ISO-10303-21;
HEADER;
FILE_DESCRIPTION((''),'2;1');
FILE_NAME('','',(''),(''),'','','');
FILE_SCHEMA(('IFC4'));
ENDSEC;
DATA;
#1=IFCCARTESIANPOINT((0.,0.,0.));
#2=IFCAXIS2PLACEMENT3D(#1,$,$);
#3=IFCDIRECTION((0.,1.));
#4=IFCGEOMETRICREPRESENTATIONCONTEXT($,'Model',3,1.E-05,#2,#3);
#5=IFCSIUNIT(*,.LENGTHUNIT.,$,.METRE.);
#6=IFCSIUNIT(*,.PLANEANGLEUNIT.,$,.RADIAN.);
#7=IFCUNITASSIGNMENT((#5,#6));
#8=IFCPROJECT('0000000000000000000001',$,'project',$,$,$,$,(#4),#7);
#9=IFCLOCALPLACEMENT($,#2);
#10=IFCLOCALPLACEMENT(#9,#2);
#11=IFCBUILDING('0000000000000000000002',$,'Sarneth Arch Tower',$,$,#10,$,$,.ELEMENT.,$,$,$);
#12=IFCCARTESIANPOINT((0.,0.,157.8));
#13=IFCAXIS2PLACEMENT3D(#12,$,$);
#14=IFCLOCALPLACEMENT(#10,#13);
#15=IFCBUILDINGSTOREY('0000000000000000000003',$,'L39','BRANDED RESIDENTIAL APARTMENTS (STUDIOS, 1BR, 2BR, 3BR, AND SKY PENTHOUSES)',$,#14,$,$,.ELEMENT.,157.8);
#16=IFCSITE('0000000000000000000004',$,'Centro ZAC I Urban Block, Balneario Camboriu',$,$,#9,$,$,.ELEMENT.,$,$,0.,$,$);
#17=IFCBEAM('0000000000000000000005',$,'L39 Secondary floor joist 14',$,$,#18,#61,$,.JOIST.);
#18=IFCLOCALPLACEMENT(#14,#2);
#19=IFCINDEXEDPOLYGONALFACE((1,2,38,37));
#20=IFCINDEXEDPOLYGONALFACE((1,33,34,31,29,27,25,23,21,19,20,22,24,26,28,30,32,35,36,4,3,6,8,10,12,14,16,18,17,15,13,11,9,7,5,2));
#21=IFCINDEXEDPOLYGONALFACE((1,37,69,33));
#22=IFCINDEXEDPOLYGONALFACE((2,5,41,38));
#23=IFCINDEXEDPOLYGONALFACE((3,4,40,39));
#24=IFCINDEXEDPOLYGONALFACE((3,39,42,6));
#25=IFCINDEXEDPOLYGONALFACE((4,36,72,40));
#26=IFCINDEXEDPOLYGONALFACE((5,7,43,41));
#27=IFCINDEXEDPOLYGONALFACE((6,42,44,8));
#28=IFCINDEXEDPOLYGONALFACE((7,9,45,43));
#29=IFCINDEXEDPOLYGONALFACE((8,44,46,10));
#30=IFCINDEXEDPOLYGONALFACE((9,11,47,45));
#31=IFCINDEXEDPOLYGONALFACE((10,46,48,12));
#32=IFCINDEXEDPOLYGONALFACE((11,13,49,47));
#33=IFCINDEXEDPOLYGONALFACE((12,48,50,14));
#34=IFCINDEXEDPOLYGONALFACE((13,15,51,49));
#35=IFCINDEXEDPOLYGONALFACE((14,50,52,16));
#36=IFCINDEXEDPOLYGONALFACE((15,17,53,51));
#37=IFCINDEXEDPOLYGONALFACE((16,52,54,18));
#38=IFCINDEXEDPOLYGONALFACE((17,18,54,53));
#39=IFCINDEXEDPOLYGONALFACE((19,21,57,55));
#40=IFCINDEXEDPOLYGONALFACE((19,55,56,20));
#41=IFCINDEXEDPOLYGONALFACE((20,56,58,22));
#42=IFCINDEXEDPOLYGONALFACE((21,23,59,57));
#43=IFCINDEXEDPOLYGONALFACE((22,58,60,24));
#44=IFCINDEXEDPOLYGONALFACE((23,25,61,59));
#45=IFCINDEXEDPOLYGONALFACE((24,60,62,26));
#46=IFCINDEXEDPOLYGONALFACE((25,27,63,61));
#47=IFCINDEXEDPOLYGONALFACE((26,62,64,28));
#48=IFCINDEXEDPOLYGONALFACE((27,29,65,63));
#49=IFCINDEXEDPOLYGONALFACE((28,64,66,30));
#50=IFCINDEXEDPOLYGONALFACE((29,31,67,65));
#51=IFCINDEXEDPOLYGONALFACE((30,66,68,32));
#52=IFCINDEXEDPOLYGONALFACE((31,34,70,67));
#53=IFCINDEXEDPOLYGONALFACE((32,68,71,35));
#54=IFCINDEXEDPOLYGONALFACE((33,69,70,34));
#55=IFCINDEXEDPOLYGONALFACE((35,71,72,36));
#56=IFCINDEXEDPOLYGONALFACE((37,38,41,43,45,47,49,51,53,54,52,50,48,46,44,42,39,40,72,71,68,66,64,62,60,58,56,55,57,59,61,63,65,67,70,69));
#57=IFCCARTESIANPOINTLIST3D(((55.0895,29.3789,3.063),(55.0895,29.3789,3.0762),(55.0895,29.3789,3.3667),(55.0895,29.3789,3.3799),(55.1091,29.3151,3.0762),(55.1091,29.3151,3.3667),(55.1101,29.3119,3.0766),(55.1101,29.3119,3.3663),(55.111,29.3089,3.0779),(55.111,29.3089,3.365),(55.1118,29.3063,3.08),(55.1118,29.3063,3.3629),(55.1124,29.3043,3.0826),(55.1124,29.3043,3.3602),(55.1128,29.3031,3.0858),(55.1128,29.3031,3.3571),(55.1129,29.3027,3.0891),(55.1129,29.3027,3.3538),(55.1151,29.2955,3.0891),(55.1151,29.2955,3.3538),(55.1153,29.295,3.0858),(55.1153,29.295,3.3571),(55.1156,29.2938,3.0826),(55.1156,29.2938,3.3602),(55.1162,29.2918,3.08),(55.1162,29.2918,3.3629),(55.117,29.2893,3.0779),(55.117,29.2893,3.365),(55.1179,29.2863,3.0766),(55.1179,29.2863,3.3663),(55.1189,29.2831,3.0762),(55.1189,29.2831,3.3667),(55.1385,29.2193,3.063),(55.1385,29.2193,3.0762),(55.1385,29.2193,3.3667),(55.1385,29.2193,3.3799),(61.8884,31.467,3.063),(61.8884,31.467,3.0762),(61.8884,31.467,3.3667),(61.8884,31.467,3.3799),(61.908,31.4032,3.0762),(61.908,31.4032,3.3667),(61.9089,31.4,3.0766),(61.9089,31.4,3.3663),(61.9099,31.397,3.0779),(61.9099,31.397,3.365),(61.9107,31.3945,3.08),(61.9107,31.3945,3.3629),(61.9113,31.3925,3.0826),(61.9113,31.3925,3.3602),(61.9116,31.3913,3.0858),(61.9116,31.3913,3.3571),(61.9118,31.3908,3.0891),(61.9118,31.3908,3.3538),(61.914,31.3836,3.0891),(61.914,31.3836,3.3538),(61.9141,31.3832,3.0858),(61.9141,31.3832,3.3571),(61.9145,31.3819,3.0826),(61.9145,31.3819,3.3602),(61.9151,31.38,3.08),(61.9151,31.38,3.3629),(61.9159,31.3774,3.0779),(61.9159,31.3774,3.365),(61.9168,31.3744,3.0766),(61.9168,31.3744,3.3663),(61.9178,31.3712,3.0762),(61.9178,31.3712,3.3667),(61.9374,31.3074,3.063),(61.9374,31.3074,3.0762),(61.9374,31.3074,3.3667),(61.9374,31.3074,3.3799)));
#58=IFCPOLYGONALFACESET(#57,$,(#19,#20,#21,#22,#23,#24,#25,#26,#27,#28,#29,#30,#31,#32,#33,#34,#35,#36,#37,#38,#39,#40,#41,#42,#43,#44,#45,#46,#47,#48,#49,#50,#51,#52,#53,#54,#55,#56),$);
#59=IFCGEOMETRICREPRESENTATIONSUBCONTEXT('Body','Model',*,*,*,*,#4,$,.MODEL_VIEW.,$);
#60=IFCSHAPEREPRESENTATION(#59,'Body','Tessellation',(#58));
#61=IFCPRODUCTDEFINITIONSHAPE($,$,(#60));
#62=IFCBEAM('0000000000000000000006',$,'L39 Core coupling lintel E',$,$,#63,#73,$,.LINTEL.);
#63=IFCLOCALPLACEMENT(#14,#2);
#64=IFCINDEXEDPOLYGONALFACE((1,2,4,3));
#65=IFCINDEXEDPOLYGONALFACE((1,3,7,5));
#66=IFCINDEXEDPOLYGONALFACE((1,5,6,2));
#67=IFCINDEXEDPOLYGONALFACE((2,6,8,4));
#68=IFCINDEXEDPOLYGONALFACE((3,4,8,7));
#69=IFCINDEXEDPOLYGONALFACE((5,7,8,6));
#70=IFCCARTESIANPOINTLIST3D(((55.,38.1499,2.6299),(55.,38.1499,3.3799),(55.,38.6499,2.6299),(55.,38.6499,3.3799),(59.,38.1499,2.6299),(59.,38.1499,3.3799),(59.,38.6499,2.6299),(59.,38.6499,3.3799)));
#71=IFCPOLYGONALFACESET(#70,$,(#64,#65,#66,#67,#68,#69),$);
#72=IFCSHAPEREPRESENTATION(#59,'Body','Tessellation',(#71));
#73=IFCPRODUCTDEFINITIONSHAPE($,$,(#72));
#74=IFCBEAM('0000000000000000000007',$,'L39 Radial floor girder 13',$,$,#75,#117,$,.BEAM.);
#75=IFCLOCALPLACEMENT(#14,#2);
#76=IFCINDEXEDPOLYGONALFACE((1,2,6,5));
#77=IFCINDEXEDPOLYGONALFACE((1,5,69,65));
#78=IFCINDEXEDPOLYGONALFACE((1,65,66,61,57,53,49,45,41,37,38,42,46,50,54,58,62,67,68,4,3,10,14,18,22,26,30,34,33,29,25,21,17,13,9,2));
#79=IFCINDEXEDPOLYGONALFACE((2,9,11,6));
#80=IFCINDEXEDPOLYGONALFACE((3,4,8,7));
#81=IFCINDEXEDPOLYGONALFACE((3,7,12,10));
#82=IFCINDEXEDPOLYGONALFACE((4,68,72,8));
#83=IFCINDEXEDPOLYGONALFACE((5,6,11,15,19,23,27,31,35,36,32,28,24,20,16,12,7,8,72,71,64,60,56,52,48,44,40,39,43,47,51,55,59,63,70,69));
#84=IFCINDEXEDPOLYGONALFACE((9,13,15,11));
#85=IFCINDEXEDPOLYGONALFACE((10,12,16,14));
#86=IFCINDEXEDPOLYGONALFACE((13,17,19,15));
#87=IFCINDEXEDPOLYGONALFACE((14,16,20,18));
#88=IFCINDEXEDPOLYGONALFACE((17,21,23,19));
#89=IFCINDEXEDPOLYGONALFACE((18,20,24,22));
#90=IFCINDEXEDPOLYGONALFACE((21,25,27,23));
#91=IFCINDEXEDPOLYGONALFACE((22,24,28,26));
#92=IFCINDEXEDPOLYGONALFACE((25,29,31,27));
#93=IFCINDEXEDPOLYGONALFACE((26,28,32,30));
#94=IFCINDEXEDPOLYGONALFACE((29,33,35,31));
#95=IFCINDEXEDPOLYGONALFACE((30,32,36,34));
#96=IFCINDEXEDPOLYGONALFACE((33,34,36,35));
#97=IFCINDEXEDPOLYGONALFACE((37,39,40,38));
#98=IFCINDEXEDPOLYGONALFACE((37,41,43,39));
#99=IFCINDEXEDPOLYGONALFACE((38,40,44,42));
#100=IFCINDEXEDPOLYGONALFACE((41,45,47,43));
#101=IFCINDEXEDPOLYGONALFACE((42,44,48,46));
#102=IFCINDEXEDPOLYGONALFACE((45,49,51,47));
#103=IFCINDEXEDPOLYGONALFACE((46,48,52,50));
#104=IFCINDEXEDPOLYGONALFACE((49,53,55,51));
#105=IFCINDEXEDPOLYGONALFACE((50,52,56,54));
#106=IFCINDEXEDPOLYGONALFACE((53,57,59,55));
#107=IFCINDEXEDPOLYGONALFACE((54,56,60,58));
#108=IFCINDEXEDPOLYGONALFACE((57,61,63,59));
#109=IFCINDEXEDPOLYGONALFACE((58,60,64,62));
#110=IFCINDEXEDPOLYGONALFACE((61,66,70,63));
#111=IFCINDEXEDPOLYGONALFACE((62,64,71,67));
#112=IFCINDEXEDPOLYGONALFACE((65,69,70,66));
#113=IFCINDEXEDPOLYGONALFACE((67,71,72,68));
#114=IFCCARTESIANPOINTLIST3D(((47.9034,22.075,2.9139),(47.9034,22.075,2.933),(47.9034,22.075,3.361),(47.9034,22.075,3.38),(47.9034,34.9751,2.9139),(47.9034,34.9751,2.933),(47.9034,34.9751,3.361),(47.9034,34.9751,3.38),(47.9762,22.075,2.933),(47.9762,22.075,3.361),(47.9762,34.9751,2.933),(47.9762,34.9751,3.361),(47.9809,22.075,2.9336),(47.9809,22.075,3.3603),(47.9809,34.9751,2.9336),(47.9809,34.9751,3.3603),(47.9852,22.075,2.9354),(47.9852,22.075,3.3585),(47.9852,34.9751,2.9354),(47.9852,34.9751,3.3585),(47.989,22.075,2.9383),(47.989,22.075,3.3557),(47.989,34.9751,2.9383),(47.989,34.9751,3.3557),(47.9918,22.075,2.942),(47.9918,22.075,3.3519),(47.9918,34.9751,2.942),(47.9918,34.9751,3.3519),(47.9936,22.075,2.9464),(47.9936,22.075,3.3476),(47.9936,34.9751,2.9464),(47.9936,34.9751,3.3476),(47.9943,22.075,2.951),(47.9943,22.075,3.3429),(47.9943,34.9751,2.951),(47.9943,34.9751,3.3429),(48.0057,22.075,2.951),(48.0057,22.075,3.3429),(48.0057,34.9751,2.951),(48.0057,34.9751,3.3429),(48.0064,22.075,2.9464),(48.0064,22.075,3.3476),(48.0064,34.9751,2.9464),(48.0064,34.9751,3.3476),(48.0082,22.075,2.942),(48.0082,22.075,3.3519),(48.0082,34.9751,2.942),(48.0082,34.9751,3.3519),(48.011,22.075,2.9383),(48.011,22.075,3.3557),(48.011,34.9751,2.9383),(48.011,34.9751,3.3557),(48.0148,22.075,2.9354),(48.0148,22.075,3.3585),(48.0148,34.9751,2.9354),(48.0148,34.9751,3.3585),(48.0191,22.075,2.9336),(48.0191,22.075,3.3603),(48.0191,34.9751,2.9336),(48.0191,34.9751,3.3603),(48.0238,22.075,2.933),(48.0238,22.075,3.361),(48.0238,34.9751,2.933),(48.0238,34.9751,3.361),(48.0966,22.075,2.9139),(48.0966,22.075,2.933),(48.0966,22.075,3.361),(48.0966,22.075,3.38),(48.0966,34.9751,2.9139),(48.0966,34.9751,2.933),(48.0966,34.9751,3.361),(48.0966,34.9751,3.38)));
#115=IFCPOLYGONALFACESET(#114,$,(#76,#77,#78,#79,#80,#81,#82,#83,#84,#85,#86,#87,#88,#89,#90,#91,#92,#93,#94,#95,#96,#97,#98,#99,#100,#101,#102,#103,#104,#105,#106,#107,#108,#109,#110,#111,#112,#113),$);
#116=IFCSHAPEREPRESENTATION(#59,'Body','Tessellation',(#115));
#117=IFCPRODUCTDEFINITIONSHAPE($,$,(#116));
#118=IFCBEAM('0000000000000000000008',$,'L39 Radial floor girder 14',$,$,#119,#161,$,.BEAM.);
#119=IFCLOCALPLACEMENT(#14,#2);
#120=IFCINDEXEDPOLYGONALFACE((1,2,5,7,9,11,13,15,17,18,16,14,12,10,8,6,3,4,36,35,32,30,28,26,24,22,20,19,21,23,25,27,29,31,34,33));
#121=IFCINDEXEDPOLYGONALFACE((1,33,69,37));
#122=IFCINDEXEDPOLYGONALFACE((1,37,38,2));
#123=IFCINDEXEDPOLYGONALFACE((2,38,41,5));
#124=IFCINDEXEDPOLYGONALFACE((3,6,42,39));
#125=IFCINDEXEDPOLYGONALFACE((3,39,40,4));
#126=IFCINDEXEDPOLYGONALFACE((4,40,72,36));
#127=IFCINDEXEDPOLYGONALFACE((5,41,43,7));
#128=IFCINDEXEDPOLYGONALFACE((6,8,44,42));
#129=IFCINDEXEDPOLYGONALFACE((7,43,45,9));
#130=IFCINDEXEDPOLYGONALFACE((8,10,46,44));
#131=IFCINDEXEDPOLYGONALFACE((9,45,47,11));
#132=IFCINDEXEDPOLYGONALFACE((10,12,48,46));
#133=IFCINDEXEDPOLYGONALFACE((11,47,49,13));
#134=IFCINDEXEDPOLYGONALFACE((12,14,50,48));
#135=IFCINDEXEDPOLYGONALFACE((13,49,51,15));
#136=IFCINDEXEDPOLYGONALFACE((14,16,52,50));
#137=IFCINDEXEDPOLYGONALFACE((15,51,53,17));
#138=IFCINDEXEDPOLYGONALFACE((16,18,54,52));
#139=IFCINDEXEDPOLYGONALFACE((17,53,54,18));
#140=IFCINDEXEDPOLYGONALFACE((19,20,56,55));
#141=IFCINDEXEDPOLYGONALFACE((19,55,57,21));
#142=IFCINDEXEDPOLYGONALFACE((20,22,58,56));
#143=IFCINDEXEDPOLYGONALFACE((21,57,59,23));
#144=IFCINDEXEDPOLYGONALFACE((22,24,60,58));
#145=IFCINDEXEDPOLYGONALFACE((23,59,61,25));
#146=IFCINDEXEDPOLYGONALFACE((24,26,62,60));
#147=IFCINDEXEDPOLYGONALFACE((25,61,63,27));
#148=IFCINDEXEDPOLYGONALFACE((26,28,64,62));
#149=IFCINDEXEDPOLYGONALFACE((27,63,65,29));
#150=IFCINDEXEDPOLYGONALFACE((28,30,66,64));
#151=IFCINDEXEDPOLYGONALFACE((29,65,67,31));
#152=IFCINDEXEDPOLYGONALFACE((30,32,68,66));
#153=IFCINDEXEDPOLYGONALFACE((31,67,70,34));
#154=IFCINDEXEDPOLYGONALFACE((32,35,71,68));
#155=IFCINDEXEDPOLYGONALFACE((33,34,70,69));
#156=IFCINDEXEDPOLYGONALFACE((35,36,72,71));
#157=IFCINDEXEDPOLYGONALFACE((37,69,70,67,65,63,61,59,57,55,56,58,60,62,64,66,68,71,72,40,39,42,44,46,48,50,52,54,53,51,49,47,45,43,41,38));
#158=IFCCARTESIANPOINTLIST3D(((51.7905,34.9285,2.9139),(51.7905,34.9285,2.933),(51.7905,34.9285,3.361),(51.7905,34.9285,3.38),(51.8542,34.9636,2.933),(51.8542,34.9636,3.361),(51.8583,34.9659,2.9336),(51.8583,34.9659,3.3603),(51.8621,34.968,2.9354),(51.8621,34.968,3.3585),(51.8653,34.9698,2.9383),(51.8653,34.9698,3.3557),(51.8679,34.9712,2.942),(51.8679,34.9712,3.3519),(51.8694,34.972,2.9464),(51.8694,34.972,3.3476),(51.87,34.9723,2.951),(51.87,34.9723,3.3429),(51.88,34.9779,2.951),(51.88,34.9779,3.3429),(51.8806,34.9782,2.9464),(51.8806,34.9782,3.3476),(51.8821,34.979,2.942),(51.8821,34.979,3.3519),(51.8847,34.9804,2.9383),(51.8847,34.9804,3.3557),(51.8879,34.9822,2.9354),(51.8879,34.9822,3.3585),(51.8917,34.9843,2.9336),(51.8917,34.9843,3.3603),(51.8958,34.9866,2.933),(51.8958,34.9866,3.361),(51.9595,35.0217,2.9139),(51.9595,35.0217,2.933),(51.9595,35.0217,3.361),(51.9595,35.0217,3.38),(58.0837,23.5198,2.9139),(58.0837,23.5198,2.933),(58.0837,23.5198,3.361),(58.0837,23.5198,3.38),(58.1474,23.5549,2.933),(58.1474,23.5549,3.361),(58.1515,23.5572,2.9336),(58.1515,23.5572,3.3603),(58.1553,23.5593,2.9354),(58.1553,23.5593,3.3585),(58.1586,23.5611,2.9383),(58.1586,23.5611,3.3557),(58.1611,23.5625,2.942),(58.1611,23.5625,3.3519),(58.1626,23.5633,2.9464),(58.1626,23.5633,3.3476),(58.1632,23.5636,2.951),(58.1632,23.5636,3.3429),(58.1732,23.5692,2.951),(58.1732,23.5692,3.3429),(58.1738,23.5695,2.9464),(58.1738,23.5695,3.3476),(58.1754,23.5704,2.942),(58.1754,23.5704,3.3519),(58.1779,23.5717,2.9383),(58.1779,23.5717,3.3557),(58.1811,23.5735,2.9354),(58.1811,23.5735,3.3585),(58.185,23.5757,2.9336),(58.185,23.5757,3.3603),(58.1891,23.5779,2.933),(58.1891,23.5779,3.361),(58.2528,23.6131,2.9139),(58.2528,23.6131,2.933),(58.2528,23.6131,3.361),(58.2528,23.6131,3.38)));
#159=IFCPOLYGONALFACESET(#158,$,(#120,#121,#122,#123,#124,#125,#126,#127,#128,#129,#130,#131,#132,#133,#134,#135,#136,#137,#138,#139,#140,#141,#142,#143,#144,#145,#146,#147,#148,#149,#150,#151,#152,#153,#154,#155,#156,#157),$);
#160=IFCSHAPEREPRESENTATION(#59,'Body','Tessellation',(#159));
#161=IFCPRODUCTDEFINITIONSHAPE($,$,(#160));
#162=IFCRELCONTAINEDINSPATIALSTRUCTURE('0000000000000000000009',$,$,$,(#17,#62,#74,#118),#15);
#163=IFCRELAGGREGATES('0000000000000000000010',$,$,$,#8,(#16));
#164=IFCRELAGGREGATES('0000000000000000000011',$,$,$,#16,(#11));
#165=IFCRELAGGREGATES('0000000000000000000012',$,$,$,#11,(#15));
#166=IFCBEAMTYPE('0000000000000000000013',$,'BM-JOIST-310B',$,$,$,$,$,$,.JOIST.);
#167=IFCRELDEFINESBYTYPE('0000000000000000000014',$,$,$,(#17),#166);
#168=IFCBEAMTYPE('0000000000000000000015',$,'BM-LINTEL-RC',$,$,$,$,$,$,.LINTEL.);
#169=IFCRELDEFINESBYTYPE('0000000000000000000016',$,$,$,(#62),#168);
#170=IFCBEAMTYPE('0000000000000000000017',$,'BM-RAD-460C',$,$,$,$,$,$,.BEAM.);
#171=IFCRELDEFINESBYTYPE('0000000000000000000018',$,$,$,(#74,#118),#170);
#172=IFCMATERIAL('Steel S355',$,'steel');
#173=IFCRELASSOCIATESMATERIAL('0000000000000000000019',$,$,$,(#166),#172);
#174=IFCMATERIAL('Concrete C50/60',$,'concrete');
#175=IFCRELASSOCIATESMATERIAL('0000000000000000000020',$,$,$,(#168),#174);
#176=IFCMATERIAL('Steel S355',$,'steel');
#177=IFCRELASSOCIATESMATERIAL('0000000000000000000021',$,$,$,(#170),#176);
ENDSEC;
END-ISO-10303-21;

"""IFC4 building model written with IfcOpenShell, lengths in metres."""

from ifc_helpers import new_model, si_unit, direction, frame, origin, origin_2d, place, context, subcontext, project, spatial, rectangle, i_section, extrude, material, material_profile, profile_set, type_object, element, save


model = new_model("IFC4")

# Units and contexts
model_context = context("Model", 3, precision=1e-05, world=origin(), true_north=direction((0.0, 1.0)))
body_context = subcontext(model_context, "Body", "Model", "MODEL_VIEW")
ifc_project = project(units=[si_unit("LENGTHUNIT", "METRE"), si_unit("PLANEANGLEUNIT", "RADIAN")], contexts=[model_context])

# Site, building, storey
site_placement = place(None, origin())
site = spatial("IfcSite", under=ifc_project, at=site_placement, Name="Centro ZAC I Urban Block, Balneario Camboriu", CompositionType="ELEMENT", RefElevation=0.0)
building_placement = place(site_placement, origin())
building = spatial("IfcBuilding", under=site, at=building_placement, Name="Sarneth Arch Tower", CompositionType="ELEMENT")
storey_placement = place(building_placement, frame((0.0, 0.0, 157.8)))
storey = spatial("IfcBuildingStorey", under=building, at=storey_placement, Name="L39", Description="BRANDED RESIDENTIAL APARTMENTS (STUDIOS, 1BR, 2BR, 3BR, AND SKY PENTHOUSES)", CompositionType="ELEMENT", Elevation=157.8)

# Beams
ifc_material_1 = material(Name="Steel S355", Category="steel")
ifc_material_profile_1 = material_profile(ifc_material_1, i_section(OverallWidth=0.167, OverallDepth=0.3169, WebThickness=0.0076, FlangeThickness=0.0132, FilletRadius=0.0129, at=origin_2d()), Name="W310x52")
ifc_profile_set_1 = profile_set([ifc_material_profile_1], Name="Steel S355")
beam_type_1 = type_object("IfcBeamType", Name="BM-JOIST-310B", PredefinedType="JOIST", material=ifc_profile_set_1)
beam_1_placement = place(storey_placement, frame((55.114, 29.2991, 3.2214), z_axis=(0.95593, 0.293596, 0.0), x_axis=(-0.293596, 0.95593, 0.0)))
element("IfcBeam", 1, at=beam_1_placement, inside=storey, type_object=beam_type_1, Name="L39 Secondary floor joist 14", PredefinedType="JOIST", context=body_context, shape_type="SweptSolid", body=[
    extrude(i_section(OverallWidth=0.167, OverallDepth=0.3169, WebThickness=0.0076, FlangeThickness=0.0132, FilletRadius=0.0129, at=origin_2d()), origin(), (0.0, 0.0, 1.0), 7.1123),
])
ifc_material_2 = material(Name="Concrete C50/60", Category="concrete")
ifc_material_profile_2 = material_profile(ifc_material_2, rectangle(XDim=0.5, YDim=0.75, at=origin_2d()), Name="RC-500x750")
ifc_profile_set_2 = profile_set([ifc_material_profile_2], Name="Concrete C50/60")
beam_type_2 = type_object("IfcBeamType", Name="BM-LINTEL-RC", PredefinedType="LINTEL", material=ifc_profile_set_2)
beam_2_placement = place(storey_placement, frame((55.0, 38.3999, 3.0049), z_axis=(1.0, 0.0, 0.0), x_axis=(0.0, 1.0, 0.0)))
element("IfcBeam", 2, at=beam_2_placement, inside=storey, type_object=beam_type_2, Name="L39 Core coupling lintel E", PredefinedType="LINTEL", context=body_context, shape_type="SweptSolid", body=[
    extrude(rectangle(XDim=0.5, YDim=0.75, at=origin_2d()), origin(), (0.0, 0.0, 1.0), 4.0),
])
ifc_material_3 = material(Name="Steel S355", Category="steel")
ifc_material_profile_3 = material_profile(ifc_material_3, i_section(OverallWidth=0.1931, OverallDepth=0.4661, WebThickness=0.0115, FlangeThickness=0.019, FilletRadius=0.0181, at=origin_2d()), Name="W460x97")
ifc_profile_set_3 = profile_set([ifc_material_profile_3], Name="Steel S355")
beam_type_3 = type_object("IfcBeamType", Name="BM-RAD-460C", PredefinedType="BEAM", material=ifc_profile_set_3)
beam_3_placement = place(storey_placement, frame((48.0, 34.9751, 3.147), z_axis=(0.0, -1.0, 0.0), x_axis=(1.0, 0.0, 0.0)))
element("IfcBeam", 3, at=beam_3_placement, inside=storey, type_object=beam_type_3, Name="L39 Radial floor girder 13", PredefinedType="BEAM", context=body_context, shape_type="SweptSolid", body=[
    extrude(i_section(OverallWidth=0.1931, OverallDepth=0.4661, WebThickness=0.0115, FlangeThickness=0.019, FilletRadius=0.0181, at=origin_2d()), origin(), (0.0, 0.0, 1.0), 12.9001),
])
beam_4_placement = place(storey_placement, frame((51.875, 34.9751, 3.147), z_axis=(0.483005, -0.875618, 0.0), x_axis=(0.875618, 0.483005, 0.0)))
element("IfcBeam", 4, at=beam_4_placement, inside=storey, type_object=beam_type_3, Name="L39 Radial floor girder 14", PredefinedType="BEAM", context=body_context, shape_type="SweptSolid", body=[
    extrude(i_section(OverallWidth=0.1931, OverallDepth=0.4661, WebThickness=0.0115, FlangeThickness=0.019, FilletRadius=0.0181, at=origin_2d()), origin(), (0.0, 0.0, 1.0), 13.0293),
])

save(model, "model.ifc")
